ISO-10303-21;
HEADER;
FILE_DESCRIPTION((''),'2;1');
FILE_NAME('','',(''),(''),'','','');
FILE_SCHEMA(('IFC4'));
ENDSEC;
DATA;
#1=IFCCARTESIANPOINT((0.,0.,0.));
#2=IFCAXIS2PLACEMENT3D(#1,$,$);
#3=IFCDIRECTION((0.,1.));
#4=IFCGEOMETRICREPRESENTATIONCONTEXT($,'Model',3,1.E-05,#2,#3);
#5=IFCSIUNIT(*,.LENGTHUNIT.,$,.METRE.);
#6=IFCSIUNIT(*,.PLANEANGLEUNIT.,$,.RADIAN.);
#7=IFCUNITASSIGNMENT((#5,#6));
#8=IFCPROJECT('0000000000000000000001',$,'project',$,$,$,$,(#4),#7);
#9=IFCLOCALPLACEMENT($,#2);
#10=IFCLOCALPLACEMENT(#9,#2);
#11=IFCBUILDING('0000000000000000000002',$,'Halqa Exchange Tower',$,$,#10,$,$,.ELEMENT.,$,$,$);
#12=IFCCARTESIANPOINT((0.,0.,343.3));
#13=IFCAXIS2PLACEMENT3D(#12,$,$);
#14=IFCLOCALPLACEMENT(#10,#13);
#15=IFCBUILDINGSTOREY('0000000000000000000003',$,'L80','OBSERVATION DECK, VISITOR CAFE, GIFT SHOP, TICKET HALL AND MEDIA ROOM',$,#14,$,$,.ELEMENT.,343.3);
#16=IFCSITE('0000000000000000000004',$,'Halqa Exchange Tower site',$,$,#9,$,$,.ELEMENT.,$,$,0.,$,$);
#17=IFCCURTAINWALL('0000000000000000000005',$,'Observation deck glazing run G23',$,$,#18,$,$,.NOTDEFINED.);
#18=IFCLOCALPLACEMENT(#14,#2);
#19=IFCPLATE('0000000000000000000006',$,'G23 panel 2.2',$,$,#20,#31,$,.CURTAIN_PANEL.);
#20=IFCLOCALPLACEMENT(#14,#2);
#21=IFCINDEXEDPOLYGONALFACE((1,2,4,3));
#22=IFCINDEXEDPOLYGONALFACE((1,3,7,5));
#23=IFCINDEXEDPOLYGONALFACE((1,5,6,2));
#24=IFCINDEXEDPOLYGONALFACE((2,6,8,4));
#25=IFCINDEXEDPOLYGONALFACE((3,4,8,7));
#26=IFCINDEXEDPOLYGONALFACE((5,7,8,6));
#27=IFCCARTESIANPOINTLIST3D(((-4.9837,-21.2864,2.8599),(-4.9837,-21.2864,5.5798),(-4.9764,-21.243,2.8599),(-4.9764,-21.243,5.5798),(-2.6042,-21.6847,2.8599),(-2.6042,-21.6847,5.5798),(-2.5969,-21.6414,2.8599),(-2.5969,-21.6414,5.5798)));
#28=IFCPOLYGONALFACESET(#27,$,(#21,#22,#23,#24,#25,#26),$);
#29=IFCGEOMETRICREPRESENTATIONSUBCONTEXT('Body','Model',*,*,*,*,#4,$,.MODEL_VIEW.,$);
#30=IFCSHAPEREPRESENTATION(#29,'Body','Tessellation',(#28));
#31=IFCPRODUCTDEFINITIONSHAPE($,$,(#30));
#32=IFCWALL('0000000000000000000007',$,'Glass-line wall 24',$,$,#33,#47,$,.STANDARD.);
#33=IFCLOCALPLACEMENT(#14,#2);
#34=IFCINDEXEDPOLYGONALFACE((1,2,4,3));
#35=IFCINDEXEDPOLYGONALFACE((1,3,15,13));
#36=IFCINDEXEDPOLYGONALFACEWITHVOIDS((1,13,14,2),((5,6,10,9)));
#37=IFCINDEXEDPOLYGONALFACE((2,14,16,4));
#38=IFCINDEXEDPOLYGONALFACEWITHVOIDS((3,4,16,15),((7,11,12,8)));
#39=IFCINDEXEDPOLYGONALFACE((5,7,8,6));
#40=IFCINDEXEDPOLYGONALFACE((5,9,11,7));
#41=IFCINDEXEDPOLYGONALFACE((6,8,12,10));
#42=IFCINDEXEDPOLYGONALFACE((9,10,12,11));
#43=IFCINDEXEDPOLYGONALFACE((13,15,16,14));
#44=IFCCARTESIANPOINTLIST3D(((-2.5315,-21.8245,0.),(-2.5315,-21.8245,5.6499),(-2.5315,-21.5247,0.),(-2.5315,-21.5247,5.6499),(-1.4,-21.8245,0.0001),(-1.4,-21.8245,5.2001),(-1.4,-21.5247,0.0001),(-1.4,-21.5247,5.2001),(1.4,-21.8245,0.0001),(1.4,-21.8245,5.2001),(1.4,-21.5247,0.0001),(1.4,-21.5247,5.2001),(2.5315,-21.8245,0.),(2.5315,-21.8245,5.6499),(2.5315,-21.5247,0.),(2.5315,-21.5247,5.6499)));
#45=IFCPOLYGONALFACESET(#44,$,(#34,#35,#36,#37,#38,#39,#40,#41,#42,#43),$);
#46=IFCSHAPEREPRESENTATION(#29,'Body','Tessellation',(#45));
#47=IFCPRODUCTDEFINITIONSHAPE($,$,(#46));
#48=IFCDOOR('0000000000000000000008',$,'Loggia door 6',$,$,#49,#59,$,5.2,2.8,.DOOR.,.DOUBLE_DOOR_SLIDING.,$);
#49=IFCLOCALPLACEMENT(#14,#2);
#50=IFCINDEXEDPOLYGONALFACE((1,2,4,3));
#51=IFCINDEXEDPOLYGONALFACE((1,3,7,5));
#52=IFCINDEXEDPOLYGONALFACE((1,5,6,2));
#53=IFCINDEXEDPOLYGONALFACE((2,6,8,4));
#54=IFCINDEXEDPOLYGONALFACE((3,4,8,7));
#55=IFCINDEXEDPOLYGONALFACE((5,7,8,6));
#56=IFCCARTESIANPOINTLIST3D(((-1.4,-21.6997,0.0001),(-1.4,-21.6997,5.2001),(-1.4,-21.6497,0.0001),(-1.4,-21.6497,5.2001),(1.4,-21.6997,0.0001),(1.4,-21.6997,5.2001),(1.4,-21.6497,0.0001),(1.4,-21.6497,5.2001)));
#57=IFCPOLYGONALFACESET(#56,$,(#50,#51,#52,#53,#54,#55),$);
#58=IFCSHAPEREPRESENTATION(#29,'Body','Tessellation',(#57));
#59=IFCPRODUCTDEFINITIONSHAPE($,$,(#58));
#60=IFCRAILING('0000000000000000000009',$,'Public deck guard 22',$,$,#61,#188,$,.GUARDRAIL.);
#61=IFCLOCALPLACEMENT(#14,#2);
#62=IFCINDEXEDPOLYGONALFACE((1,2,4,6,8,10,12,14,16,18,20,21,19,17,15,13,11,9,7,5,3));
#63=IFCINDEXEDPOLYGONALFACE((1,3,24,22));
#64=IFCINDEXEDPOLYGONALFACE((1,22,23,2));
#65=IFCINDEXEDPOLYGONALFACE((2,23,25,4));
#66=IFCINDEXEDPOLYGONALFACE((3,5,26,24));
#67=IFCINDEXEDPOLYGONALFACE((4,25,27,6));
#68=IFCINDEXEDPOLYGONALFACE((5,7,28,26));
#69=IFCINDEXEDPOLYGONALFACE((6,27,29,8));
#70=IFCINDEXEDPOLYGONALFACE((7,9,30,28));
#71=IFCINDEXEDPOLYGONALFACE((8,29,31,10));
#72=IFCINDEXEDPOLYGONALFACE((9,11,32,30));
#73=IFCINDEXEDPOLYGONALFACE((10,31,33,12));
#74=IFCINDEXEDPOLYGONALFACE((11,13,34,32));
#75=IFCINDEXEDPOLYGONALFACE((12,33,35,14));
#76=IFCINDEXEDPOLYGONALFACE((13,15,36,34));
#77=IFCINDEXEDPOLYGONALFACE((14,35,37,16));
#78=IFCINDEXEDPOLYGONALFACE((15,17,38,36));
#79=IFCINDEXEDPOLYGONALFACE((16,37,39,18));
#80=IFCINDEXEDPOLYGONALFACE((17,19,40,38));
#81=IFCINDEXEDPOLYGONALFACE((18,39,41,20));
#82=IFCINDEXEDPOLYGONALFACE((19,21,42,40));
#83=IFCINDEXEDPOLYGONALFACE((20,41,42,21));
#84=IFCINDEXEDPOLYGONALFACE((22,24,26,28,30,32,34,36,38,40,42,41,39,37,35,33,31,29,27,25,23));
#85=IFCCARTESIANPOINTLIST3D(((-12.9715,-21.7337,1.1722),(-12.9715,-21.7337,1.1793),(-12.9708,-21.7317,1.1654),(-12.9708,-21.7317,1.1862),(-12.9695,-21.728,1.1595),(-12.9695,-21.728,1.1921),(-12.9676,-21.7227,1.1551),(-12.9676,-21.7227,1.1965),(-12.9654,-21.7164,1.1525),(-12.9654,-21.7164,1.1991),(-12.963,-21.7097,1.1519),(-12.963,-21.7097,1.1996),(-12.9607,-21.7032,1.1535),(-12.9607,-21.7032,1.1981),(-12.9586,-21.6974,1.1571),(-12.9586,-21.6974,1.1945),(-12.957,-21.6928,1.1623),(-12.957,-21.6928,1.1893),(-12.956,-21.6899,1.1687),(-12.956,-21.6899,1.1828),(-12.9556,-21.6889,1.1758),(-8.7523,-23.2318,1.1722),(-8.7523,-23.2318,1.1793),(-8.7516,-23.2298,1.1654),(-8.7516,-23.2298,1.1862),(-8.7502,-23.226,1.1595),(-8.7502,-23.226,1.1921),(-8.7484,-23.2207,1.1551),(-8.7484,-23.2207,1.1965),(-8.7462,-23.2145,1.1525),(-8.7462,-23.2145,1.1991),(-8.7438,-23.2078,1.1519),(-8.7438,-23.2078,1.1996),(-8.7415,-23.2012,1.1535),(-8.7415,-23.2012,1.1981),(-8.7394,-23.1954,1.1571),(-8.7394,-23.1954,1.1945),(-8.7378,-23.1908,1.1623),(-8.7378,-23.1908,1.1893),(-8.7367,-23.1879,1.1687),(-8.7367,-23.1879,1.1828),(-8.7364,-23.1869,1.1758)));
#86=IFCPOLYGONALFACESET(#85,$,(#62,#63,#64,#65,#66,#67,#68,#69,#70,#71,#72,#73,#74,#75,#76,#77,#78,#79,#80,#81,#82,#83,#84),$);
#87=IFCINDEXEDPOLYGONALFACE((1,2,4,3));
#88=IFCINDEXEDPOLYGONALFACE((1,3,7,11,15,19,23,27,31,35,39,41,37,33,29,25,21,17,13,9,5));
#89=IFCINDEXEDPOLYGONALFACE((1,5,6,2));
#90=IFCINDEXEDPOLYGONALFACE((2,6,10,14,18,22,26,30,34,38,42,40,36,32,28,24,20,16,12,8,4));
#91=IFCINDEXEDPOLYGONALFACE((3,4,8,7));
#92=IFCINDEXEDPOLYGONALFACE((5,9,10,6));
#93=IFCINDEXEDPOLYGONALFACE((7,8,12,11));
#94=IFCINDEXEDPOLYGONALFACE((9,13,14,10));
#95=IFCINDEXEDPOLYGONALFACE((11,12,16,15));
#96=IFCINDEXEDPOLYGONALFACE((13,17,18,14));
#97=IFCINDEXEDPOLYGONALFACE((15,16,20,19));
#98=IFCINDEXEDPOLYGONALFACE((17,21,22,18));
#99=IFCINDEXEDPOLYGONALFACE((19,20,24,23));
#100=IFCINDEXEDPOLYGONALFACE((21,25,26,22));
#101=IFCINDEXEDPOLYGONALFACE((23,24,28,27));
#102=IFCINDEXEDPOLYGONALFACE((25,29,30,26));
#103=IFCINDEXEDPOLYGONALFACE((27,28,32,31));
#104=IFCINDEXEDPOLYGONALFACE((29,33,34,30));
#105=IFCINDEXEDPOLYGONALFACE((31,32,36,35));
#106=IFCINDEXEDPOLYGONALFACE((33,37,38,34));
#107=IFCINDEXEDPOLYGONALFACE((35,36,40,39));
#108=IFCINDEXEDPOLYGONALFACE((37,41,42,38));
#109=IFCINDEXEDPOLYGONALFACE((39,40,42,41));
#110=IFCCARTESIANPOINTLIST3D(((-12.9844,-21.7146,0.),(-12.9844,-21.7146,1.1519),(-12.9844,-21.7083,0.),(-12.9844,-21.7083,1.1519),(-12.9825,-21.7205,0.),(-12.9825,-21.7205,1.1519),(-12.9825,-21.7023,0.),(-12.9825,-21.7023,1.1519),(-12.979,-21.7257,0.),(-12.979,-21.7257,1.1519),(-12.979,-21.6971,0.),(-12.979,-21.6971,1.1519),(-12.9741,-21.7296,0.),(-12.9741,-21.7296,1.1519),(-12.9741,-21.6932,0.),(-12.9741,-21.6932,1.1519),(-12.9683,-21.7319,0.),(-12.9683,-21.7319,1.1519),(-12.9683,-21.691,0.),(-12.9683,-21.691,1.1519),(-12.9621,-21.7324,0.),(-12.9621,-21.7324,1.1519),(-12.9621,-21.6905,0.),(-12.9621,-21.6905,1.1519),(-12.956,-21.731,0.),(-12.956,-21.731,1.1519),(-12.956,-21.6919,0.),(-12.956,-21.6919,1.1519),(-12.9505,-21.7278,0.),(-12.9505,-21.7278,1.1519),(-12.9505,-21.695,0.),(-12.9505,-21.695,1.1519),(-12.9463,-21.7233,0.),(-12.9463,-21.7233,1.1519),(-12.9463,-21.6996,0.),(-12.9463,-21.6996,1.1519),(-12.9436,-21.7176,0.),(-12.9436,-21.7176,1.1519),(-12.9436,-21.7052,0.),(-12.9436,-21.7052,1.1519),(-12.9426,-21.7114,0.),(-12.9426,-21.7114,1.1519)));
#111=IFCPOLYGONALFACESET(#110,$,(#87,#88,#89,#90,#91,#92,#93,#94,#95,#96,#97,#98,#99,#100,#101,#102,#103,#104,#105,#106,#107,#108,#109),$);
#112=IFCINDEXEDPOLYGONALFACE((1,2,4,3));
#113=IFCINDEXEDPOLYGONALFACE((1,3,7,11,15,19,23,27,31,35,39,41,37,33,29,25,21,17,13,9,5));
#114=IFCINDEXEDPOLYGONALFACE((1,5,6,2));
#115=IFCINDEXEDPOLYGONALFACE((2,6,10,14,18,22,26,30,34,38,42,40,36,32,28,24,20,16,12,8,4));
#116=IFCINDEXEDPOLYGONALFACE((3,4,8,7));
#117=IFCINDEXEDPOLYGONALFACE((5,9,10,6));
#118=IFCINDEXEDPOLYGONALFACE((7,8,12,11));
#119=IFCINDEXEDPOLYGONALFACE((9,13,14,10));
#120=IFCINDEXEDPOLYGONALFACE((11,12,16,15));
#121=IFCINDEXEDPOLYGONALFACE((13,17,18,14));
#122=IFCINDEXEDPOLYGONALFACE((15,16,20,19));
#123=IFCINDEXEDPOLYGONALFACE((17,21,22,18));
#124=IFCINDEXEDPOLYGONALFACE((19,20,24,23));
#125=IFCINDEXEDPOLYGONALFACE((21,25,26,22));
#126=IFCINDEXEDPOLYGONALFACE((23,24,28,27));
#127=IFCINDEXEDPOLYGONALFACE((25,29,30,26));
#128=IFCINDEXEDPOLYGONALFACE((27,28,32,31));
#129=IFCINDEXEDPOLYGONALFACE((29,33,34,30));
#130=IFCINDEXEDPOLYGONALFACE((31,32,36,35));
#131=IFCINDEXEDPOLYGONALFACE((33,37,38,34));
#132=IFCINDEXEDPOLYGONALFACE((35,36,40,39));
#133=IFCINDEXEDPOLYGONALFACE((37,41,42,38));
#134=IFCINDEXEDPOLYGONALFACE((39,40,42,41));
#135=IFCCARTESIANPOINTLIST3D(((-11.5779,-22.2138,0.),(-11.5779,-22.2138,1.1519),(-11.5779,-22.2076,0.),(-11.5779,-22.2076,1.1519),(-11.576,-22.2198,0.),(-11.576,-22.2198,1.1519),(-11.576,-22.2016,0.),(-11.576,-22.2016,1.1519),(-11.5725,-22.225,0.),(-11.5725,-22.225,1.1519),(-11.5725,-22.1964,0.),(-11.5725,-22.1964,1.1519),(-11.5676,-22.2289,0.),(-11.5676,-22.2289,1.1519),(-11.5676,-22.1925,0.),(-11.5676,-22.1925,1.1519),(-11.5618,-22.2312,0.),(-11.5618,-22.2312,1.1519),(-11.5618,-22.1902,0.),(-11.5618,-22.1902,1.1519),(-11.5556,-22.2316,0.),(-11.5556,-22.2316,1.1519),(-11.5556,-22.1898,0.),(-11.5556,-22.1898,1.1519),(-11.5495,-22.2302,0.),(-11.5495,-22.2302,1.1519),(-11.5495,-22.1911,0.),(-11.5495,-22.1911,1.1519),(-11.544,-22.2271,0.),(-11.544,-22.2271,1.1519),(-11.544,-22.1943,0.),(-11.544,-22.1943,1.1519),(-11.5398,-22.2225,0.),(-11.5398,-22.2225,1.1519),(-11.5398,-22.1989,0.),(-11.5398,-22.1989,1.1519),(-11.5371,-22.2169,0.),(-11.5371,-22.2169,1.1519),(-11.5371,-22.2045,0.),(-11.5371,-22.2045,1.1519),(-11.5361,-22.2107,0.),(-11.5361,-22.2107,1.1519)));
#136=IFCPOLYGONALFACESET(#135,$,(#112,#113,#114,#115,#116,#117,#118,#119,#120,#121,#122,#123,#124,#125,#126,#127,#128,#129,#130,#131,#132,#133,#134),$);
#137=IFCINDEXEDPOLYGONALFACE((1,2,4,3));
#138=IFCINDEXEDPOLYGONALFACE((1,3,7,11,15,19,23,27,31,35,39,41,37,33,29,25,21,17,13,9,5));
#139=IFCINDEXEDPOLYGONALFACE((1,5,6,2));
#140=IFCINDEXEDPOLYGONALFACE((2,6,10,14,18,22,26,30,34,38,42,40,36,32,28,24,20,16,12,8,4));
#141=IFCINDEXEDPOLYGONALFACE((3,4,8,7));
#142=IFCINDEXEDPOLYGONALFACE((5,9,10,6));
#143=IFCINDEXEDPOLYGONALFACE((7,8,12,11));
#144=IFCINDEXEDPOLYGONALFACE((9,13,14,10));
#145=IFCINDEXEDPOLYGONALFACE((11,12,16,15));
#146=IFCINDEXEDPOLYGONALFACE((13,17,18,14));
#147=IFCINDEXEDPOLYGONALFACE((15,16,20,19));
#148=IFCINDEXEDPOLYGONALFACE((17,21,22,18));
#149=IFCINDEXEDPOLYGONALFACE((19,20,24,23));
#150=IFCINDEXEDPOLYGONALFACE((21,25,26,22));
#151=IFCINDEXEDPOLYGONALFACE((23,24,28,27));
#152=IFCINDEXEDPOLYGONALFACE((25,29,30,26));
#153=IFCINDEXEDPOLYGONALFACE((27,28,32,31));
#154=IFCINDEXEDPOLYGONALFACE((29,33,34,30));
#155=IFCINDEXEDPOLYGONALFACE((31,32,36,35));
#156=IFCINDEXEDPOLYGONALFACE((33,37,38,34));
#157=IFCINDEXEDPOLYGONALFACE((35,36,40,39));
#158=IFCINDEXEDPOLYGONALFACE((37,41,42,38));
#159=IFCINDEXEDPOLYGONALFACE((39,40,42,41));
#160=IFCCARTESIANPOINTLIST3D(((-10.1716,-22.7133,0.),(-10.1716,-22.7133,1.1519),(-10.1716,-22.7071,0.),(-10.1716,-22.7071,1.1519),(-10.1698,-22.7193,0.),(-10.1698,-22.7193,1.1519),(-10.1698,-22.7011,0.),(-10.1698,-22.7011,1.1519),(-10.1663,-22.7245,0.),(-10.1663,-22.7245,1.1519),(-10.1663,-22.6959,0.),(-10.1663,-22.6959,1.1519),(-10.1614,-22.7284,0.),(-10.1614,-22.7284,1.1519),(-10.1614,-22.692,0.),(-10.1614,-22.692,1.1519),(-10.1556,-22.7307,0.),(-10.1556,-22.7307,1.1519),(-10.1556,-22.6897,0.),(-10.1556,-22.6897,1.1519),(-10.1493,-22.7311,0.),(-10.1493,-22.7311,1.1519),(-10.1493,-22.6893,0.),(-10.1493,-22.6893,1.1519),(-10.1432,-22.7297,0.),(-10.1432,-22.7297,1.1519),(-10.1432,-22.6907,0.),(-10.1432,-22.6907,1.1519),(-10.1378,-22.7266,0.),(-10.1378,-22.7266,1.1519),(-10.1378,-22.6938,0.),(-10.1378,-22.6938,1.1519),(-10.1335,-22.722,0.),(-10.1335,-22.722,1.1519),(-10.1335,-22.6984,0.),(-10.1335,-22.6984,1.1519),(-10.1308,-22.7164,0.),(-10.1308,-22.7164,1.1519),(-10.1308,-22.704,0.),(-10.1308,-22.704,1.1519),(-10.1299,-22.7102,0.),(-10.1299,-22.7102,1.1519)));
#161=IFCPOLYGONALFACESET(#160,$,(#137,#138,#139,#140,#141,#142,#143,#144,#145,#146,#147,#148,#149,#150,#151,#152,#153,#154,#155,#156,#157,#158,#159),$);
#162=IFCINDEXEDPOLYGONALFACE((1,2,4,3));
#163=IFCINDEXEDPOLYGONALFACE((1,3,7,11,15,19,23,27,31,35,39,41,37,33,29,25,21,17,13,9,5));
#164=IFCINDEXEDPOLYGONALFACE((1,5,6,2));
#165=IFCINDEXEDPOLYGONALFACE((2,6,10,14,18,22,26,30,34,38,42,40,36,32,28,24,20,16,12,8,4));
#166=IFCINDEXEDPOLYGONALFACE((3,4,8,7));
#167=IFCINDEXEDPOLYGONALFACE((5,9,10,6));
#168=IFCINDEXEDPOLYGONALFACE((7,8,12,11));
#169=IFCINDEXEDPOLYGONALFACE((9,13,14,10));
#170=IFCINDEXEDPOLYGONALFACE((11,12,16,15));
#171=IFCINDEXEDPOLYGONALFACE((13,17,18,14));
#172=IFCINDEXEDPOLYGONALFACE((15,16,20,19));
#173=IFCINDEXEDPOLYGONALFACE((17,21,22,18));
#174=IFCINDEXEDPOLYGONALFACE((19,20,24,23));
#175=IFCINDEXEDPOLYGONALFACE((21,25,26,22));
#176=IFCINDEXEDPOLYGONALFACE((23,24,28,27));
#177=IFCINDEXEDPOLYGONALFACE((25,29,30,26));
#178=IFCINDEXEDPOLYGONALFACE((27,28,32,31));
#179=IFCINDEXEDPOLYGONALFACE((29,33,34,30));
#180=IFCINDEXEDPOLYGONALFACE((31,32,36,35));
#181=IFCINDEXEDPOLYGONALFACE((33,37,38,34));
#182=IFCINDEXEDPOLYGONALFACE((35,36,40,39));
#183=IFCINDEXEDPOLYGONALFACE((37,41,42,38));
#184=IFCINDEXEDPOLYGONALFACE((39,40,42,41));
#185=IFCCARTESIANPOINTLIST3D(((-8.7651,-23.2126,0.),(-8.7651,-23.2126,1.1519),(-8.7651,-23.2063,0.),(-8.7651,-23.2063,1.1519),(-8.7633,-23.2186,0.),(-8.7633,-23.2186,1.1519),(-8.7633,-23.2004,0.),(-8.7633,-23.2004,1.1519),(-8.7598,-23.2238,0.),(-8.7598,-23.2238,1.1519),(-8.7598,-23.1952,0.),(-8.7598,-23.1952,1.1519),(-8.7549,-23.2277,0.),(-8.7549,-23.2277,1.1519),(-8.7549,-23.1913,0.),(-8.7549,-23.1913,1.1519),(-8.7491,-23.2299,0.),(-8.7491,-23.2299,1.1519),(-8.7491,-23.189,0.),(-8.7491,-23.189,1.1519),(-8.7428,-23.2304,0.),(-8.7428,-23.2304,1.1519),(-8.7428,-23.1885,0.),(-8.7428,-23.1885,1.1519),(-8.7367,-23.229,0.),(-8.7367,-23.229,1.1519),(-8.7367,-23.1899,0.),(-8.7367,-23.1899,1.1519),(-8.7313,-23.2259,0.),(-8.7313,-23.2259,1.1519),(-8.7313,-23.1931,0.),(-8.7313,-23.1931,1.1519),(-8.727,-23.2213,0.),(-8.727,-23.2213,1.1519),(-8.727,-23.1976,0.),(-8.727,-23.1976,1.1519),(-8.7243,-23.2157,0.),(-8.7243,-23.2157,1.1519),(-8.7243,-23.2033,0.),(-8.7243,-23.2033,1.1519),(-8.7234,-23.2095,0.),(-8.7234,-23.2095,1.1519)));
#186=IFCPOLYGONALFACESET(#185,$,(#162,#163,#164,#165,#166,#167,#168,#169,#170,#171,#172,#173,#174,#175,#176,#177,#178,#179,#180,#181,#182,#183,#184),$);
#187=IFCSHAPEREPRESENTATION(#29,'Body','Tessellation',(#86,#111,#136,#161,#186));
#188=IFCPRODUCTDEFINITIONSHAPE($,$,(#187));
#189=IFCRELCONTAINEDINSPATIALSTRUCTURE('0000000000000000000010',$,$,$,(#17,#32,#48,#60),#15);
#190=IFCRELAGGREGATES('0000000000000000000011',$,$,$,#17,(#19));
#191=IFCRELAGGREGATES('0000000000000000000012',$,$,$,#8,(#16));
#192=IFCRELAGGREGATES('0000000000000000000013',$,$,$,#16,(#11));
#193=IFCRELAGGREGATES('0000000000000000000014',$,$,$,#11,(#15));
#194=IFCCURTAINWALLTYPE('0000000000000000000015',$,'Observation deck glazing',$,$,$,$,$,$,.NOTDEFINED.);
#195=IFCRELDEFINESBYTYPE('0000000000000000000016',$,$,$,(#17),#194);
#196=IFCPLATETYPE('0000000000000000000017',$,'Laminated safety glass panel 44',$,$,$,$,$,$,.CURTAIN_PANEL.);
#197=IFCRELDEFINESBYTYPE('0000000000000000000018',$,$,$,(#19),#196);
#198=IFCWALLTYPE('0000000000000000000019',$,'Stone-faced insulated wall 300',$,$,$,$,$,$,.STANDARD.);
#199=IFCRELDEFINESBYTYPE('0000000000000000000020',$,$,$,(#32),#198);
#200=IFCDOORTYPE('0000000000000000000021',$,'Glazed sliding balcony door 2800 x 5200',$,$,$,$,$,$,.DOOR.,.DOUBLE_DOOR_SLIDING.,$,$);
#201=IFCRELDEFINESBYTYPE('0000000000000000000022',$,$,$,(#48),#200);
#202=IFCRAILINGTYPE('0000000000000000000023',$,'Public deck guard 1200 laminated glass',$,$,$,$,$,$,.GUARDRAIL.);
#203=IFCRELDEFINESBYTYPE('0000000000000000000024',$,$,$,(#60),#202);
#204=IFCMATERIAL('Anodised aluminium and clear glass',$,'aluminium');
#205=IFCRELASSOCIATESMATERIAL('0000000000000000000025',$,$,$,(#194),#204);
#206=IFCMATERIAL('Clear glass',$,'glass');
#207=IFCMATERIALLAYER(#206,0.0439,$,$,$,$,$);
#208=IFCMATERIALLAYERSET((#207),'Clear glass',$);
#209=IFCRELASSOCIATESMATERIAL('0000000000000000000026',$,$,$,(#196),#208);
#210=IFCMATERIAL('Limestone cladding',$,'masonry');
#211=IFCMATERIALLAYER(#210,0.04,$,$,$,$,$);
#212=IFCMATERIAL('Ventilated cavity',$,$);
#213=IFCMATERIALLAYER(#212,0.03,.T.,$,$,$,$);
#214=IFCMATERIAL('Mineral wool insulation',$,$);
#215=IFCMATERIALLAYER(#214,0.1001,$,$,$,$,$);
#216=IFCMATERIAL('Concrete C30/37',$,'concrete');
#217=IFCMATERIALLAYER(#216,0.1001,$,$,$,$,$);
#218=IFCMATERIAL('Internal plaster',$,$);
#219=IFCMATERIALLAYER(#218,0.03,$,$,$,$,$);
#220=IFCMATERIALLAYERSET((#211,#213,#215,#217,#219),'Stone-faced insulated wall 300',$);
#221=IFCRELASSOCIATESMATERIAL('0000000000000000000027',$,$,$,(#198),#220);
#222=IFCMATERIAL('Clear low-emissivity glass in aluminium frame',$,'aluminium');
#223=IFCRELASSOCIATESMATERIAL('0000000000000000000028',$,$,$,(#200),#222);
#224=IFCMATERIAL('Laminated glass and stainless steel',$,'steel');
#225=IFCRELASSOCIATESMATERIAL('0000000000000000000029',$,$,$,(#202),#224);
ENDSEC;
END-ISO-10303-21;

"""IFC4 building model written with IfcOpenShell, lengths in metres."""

from ifc_helpers import new_model, si_unit, direction, frame, frame_2d, origin, origin_2d, place, context, subcontext, project, spatial, polyline, rectangle, circle, outline, extrude, material, layer, layer_set, type_object, element, fill, aggregate, save


model = new_model("IFC4")

# Units and contexts
model_context = context("Model", 3, precision=1e-05, world=origin(), true_north=direction((0.0, 1.0)))
body_context = subcontext(model_context, "Body", "Model", "MODEL_VIEW")
ifc_project = project(units=[si_unit("LENGTHUNIT", "METRE"), si_unit("PLANEANGLEUNIT", "RADIAN")], contexts=[model_context])

# Site, building, storey
site_placement = place(None, origin())
site = spatial("IfcSite", under=ifc_project, at=site_placement, Name="Halqa Exchange Tower site", CompositionType="ELEMENT", RefElevation=0.0)
building_placement = place(site_placement, origin())
building = spatial("IfcBuilding", under=site, at=building_placement, Name="Halqa Exchange Tower", CompositionType="ELEMENT")
storey_placement = place(building_placement, frame((0.0, 0.0, 343.3)))
storey = spatial("IfcBuildingStorey", under=building, at=storey_placement, Name="L80", Description="OBSERVATION DECK, VISITOR CAFE, GIFT SHOP, TICKET HALL AND MEDIA ROOM", CompositionType="ELEMENT", Elevation=343.3)

# Curtain wall
ifc_material_1 = material(Name="Anodised aluminium and clear glass", Category="aluminium")
curtain_wall_type = type_object("IfcCurtainWallType", Name="Observation deck glazing", PredefinedType="NOTDEFINED", material=ifc_material_1)
curtain_wall_1_placement = place(storey_placement, origin())
curtain_wall_1 = element("IfcCurtainWall", 1, at=curtain_wall_1_placement, inside=storey, type_object=curtain_wall_type, Name="Observation deck glazing run G23", PredefinedType="NOTDEFINED")

# Plate
ifc_material_2 = material(Name="Clear glass", Category="glass")
ifc_layer_1 = layer(ifc_material_2, 0.0439)
ifc_layer_set_1 = layer_set([ifc_layer_1], Name="Clear glass")
plate_type = type_object("IfcPlateType", Name="Laminated safety glass panel 44", PredefinedType="CURTAIN_PANEL", material=ifc_layer_set_1)
plate_1_placement = place(storey_placement, frame((-3.7903, -21.4639, 2.8599), z_axis=(0.0, 0.0, 1.0), x_axis=(0.986274, -0.165117, 0.0)))
plate_1 = element("IfcPlate", 2, at=plate_1_placement, type_object=plate_type, Name="G23 panel 2.2", PredefinedType="CURTAIN_PANEL", context=body_context, shape_type="SweptSolid", body=[
    extrude(rectangle(XDim=2.4126, YDim=0.0439, at=origin_2d()), origin(), (0.0, 0.0, 1.0), 2.72),
])
aggregate(curtain_wall_1, [plate_1])

# Wall, opening, door
ifc_material_3 = material(Name="Limestone cladding", Category="masonry")
ifc_layer_2 = layer(ifc_material_3, 0.04)
ifc_material_4 = material(Name="Ventilated cavity")
ifc_layer_3 = layer(ifc_material_4, 0.03, ventilated=True)
ifc_material_5 = material(Name="Mineral wool insulation")
ifc_layer_4 = layer(ifc_material_5, 0.1001)
ifc_material_6 = material(Name="Concrete C30/37", Category="concrete")
ifc_layer_5 = layer(ifc_material_6, 0.1001)
ifc_material_7 = material(Name="Internal plaster")
ifc_layer_6 = layer(ifc_material_7, 0.03)
ifc_layer_set_2 = layer_set([ifc_layer_2, ifc_layer_3, ifc_layer_4, ifc_layer_5, ifc_layer_6], Name="Stone-faced insulated wall 300")
wall_type = type_object("IfcWallType", Name="Stone-faced insulated wall 300", PredefinedType="STANDARD", material=ifc_layer_set_2)
wall_placement = place(storey_placement, frame((-2.5315, -21.6746, 0.0), z_axis=(0.0, 0.0, 1.0), x_axis=(1.0, 0.0, 0.0)))
wall = element("IfcWall", 3, at=wall_placement, inside=storey, type_object=wall_type, Name="Glass-line wall 24", PredefinedType="STANDARD", context=body_context, shape_type="SweptSolid", body=[
    extrude(outline(polyline([(0.0, -0.1499), (5.063, -0.1499), (5.063, 0.1499), (0.0, 0.1499), (0.0, -0.1499)])), origin(), (0.0, 0.0, 1.0), 5.6499),
])
opening_placement = place(wall_placement, frame((1.1316, 0.0, 0.0)))
opening = element("IfcOpeningElement", 4, at=opening_placement, cuts=wall, PredefinedType="OPENING", context=body_context, shape_type="SweptSolid", body=[
    extrude(rectangle(XDim=2.8, YDim=5.2, at=frame_2d((1.3999, 2.6001))), frame((0.0, 0.1621, 0.0), z_axis=(0.0, -1.0, 0.0), x_axis=(1.0, 0.0, 0.0)), (0.0, 0.0, 1.0), 0.324),
])
ifc_material_8 = material(Name="Clear low-emissivity glass in aluminium frame", Category="aluminium")
door_type = type_object("IfcDoorType", Name="Glazed sliding balcony door 2800 x 5200", OperationType="DOUBLE_DOOR_SLIDING", PredefinedType="DOOR", material=ifc_material_8)
door_placement = place(opening_placement, origin())
door = element("IfcDoor", 5, at=door_placement, inside=storey, type_object=door_type, Name="Loggia door 6", OperationType="DOUBLE_DOOR_SLIDING", OverallHeight=5.2, OverallWidth=2.8, PredefinedType="DOOR", context=body_context, shape_type="SweptSolid", body=[
    extrude(rectangle(XDim=2.8, YDim=5.2, at=frame_2d((1.3999, 2.6001))), frame((0.0, 0.0249, 0.0), z_axis=(0.0, -1.0, 0.0), x_axis=(1.0, 0.0, 0.0)), (0.0, 0.0, 1.0), 0.05),
])
fill(opening, door)

# Railing
ifc_material_9 = material(Name="Laminated glass and stainless steel", Category="steel")
railing_type = type_object("IfcRailingType", Name="Public deck guard 1200 laminated glass", PredefinedType="GUARDRAIL", material=ifc_material_9)
railing_1_placement = place(storey_placement, frame((-12.9636, -21.7114, 0.0)))
element("IfcRailing", 6, at=railing_1_placement, inside=storey, type_object=railing_type, Name="Public deck guard 22", PredefinedType="GUARDRAIL", context=body_context, shape_type="SweptSolid", body=[
    extrude(circle(Radius=0.0239, at=origin_2d()), frame((0.0, 0.0, 1.1758), z_axis=(0.942365, -0.334588, 0.0), x_axis=(0.334588, 0.942365, 0.0)), (0.0, 0.0, 1.0), 4.4773),
    extrude(circle(Radius=0.021, at=origin_2d()), origin(), (0.0, 0.0, 1.0), 1.1519),
    extrude(circle(Radius=0.021, at=origin_2d()), frame((1.4065, -0.4993, 0.0)), (0.0, 0.0, 1.0), 1.1519),
    extrude(circle(Radius=0.021, at=origin_2d()), frame((2.8127, -0.9988, 0.0)), (0.0, 0.0, 1.0), 1.1519),
    extrude(circle(Radius=0.021, at=origin_2d()), frame((4.2192, -1.498, 0.0)), (0.0, 0.0, 1.0), 1.1519),
])

save(model, "model.ifc")
